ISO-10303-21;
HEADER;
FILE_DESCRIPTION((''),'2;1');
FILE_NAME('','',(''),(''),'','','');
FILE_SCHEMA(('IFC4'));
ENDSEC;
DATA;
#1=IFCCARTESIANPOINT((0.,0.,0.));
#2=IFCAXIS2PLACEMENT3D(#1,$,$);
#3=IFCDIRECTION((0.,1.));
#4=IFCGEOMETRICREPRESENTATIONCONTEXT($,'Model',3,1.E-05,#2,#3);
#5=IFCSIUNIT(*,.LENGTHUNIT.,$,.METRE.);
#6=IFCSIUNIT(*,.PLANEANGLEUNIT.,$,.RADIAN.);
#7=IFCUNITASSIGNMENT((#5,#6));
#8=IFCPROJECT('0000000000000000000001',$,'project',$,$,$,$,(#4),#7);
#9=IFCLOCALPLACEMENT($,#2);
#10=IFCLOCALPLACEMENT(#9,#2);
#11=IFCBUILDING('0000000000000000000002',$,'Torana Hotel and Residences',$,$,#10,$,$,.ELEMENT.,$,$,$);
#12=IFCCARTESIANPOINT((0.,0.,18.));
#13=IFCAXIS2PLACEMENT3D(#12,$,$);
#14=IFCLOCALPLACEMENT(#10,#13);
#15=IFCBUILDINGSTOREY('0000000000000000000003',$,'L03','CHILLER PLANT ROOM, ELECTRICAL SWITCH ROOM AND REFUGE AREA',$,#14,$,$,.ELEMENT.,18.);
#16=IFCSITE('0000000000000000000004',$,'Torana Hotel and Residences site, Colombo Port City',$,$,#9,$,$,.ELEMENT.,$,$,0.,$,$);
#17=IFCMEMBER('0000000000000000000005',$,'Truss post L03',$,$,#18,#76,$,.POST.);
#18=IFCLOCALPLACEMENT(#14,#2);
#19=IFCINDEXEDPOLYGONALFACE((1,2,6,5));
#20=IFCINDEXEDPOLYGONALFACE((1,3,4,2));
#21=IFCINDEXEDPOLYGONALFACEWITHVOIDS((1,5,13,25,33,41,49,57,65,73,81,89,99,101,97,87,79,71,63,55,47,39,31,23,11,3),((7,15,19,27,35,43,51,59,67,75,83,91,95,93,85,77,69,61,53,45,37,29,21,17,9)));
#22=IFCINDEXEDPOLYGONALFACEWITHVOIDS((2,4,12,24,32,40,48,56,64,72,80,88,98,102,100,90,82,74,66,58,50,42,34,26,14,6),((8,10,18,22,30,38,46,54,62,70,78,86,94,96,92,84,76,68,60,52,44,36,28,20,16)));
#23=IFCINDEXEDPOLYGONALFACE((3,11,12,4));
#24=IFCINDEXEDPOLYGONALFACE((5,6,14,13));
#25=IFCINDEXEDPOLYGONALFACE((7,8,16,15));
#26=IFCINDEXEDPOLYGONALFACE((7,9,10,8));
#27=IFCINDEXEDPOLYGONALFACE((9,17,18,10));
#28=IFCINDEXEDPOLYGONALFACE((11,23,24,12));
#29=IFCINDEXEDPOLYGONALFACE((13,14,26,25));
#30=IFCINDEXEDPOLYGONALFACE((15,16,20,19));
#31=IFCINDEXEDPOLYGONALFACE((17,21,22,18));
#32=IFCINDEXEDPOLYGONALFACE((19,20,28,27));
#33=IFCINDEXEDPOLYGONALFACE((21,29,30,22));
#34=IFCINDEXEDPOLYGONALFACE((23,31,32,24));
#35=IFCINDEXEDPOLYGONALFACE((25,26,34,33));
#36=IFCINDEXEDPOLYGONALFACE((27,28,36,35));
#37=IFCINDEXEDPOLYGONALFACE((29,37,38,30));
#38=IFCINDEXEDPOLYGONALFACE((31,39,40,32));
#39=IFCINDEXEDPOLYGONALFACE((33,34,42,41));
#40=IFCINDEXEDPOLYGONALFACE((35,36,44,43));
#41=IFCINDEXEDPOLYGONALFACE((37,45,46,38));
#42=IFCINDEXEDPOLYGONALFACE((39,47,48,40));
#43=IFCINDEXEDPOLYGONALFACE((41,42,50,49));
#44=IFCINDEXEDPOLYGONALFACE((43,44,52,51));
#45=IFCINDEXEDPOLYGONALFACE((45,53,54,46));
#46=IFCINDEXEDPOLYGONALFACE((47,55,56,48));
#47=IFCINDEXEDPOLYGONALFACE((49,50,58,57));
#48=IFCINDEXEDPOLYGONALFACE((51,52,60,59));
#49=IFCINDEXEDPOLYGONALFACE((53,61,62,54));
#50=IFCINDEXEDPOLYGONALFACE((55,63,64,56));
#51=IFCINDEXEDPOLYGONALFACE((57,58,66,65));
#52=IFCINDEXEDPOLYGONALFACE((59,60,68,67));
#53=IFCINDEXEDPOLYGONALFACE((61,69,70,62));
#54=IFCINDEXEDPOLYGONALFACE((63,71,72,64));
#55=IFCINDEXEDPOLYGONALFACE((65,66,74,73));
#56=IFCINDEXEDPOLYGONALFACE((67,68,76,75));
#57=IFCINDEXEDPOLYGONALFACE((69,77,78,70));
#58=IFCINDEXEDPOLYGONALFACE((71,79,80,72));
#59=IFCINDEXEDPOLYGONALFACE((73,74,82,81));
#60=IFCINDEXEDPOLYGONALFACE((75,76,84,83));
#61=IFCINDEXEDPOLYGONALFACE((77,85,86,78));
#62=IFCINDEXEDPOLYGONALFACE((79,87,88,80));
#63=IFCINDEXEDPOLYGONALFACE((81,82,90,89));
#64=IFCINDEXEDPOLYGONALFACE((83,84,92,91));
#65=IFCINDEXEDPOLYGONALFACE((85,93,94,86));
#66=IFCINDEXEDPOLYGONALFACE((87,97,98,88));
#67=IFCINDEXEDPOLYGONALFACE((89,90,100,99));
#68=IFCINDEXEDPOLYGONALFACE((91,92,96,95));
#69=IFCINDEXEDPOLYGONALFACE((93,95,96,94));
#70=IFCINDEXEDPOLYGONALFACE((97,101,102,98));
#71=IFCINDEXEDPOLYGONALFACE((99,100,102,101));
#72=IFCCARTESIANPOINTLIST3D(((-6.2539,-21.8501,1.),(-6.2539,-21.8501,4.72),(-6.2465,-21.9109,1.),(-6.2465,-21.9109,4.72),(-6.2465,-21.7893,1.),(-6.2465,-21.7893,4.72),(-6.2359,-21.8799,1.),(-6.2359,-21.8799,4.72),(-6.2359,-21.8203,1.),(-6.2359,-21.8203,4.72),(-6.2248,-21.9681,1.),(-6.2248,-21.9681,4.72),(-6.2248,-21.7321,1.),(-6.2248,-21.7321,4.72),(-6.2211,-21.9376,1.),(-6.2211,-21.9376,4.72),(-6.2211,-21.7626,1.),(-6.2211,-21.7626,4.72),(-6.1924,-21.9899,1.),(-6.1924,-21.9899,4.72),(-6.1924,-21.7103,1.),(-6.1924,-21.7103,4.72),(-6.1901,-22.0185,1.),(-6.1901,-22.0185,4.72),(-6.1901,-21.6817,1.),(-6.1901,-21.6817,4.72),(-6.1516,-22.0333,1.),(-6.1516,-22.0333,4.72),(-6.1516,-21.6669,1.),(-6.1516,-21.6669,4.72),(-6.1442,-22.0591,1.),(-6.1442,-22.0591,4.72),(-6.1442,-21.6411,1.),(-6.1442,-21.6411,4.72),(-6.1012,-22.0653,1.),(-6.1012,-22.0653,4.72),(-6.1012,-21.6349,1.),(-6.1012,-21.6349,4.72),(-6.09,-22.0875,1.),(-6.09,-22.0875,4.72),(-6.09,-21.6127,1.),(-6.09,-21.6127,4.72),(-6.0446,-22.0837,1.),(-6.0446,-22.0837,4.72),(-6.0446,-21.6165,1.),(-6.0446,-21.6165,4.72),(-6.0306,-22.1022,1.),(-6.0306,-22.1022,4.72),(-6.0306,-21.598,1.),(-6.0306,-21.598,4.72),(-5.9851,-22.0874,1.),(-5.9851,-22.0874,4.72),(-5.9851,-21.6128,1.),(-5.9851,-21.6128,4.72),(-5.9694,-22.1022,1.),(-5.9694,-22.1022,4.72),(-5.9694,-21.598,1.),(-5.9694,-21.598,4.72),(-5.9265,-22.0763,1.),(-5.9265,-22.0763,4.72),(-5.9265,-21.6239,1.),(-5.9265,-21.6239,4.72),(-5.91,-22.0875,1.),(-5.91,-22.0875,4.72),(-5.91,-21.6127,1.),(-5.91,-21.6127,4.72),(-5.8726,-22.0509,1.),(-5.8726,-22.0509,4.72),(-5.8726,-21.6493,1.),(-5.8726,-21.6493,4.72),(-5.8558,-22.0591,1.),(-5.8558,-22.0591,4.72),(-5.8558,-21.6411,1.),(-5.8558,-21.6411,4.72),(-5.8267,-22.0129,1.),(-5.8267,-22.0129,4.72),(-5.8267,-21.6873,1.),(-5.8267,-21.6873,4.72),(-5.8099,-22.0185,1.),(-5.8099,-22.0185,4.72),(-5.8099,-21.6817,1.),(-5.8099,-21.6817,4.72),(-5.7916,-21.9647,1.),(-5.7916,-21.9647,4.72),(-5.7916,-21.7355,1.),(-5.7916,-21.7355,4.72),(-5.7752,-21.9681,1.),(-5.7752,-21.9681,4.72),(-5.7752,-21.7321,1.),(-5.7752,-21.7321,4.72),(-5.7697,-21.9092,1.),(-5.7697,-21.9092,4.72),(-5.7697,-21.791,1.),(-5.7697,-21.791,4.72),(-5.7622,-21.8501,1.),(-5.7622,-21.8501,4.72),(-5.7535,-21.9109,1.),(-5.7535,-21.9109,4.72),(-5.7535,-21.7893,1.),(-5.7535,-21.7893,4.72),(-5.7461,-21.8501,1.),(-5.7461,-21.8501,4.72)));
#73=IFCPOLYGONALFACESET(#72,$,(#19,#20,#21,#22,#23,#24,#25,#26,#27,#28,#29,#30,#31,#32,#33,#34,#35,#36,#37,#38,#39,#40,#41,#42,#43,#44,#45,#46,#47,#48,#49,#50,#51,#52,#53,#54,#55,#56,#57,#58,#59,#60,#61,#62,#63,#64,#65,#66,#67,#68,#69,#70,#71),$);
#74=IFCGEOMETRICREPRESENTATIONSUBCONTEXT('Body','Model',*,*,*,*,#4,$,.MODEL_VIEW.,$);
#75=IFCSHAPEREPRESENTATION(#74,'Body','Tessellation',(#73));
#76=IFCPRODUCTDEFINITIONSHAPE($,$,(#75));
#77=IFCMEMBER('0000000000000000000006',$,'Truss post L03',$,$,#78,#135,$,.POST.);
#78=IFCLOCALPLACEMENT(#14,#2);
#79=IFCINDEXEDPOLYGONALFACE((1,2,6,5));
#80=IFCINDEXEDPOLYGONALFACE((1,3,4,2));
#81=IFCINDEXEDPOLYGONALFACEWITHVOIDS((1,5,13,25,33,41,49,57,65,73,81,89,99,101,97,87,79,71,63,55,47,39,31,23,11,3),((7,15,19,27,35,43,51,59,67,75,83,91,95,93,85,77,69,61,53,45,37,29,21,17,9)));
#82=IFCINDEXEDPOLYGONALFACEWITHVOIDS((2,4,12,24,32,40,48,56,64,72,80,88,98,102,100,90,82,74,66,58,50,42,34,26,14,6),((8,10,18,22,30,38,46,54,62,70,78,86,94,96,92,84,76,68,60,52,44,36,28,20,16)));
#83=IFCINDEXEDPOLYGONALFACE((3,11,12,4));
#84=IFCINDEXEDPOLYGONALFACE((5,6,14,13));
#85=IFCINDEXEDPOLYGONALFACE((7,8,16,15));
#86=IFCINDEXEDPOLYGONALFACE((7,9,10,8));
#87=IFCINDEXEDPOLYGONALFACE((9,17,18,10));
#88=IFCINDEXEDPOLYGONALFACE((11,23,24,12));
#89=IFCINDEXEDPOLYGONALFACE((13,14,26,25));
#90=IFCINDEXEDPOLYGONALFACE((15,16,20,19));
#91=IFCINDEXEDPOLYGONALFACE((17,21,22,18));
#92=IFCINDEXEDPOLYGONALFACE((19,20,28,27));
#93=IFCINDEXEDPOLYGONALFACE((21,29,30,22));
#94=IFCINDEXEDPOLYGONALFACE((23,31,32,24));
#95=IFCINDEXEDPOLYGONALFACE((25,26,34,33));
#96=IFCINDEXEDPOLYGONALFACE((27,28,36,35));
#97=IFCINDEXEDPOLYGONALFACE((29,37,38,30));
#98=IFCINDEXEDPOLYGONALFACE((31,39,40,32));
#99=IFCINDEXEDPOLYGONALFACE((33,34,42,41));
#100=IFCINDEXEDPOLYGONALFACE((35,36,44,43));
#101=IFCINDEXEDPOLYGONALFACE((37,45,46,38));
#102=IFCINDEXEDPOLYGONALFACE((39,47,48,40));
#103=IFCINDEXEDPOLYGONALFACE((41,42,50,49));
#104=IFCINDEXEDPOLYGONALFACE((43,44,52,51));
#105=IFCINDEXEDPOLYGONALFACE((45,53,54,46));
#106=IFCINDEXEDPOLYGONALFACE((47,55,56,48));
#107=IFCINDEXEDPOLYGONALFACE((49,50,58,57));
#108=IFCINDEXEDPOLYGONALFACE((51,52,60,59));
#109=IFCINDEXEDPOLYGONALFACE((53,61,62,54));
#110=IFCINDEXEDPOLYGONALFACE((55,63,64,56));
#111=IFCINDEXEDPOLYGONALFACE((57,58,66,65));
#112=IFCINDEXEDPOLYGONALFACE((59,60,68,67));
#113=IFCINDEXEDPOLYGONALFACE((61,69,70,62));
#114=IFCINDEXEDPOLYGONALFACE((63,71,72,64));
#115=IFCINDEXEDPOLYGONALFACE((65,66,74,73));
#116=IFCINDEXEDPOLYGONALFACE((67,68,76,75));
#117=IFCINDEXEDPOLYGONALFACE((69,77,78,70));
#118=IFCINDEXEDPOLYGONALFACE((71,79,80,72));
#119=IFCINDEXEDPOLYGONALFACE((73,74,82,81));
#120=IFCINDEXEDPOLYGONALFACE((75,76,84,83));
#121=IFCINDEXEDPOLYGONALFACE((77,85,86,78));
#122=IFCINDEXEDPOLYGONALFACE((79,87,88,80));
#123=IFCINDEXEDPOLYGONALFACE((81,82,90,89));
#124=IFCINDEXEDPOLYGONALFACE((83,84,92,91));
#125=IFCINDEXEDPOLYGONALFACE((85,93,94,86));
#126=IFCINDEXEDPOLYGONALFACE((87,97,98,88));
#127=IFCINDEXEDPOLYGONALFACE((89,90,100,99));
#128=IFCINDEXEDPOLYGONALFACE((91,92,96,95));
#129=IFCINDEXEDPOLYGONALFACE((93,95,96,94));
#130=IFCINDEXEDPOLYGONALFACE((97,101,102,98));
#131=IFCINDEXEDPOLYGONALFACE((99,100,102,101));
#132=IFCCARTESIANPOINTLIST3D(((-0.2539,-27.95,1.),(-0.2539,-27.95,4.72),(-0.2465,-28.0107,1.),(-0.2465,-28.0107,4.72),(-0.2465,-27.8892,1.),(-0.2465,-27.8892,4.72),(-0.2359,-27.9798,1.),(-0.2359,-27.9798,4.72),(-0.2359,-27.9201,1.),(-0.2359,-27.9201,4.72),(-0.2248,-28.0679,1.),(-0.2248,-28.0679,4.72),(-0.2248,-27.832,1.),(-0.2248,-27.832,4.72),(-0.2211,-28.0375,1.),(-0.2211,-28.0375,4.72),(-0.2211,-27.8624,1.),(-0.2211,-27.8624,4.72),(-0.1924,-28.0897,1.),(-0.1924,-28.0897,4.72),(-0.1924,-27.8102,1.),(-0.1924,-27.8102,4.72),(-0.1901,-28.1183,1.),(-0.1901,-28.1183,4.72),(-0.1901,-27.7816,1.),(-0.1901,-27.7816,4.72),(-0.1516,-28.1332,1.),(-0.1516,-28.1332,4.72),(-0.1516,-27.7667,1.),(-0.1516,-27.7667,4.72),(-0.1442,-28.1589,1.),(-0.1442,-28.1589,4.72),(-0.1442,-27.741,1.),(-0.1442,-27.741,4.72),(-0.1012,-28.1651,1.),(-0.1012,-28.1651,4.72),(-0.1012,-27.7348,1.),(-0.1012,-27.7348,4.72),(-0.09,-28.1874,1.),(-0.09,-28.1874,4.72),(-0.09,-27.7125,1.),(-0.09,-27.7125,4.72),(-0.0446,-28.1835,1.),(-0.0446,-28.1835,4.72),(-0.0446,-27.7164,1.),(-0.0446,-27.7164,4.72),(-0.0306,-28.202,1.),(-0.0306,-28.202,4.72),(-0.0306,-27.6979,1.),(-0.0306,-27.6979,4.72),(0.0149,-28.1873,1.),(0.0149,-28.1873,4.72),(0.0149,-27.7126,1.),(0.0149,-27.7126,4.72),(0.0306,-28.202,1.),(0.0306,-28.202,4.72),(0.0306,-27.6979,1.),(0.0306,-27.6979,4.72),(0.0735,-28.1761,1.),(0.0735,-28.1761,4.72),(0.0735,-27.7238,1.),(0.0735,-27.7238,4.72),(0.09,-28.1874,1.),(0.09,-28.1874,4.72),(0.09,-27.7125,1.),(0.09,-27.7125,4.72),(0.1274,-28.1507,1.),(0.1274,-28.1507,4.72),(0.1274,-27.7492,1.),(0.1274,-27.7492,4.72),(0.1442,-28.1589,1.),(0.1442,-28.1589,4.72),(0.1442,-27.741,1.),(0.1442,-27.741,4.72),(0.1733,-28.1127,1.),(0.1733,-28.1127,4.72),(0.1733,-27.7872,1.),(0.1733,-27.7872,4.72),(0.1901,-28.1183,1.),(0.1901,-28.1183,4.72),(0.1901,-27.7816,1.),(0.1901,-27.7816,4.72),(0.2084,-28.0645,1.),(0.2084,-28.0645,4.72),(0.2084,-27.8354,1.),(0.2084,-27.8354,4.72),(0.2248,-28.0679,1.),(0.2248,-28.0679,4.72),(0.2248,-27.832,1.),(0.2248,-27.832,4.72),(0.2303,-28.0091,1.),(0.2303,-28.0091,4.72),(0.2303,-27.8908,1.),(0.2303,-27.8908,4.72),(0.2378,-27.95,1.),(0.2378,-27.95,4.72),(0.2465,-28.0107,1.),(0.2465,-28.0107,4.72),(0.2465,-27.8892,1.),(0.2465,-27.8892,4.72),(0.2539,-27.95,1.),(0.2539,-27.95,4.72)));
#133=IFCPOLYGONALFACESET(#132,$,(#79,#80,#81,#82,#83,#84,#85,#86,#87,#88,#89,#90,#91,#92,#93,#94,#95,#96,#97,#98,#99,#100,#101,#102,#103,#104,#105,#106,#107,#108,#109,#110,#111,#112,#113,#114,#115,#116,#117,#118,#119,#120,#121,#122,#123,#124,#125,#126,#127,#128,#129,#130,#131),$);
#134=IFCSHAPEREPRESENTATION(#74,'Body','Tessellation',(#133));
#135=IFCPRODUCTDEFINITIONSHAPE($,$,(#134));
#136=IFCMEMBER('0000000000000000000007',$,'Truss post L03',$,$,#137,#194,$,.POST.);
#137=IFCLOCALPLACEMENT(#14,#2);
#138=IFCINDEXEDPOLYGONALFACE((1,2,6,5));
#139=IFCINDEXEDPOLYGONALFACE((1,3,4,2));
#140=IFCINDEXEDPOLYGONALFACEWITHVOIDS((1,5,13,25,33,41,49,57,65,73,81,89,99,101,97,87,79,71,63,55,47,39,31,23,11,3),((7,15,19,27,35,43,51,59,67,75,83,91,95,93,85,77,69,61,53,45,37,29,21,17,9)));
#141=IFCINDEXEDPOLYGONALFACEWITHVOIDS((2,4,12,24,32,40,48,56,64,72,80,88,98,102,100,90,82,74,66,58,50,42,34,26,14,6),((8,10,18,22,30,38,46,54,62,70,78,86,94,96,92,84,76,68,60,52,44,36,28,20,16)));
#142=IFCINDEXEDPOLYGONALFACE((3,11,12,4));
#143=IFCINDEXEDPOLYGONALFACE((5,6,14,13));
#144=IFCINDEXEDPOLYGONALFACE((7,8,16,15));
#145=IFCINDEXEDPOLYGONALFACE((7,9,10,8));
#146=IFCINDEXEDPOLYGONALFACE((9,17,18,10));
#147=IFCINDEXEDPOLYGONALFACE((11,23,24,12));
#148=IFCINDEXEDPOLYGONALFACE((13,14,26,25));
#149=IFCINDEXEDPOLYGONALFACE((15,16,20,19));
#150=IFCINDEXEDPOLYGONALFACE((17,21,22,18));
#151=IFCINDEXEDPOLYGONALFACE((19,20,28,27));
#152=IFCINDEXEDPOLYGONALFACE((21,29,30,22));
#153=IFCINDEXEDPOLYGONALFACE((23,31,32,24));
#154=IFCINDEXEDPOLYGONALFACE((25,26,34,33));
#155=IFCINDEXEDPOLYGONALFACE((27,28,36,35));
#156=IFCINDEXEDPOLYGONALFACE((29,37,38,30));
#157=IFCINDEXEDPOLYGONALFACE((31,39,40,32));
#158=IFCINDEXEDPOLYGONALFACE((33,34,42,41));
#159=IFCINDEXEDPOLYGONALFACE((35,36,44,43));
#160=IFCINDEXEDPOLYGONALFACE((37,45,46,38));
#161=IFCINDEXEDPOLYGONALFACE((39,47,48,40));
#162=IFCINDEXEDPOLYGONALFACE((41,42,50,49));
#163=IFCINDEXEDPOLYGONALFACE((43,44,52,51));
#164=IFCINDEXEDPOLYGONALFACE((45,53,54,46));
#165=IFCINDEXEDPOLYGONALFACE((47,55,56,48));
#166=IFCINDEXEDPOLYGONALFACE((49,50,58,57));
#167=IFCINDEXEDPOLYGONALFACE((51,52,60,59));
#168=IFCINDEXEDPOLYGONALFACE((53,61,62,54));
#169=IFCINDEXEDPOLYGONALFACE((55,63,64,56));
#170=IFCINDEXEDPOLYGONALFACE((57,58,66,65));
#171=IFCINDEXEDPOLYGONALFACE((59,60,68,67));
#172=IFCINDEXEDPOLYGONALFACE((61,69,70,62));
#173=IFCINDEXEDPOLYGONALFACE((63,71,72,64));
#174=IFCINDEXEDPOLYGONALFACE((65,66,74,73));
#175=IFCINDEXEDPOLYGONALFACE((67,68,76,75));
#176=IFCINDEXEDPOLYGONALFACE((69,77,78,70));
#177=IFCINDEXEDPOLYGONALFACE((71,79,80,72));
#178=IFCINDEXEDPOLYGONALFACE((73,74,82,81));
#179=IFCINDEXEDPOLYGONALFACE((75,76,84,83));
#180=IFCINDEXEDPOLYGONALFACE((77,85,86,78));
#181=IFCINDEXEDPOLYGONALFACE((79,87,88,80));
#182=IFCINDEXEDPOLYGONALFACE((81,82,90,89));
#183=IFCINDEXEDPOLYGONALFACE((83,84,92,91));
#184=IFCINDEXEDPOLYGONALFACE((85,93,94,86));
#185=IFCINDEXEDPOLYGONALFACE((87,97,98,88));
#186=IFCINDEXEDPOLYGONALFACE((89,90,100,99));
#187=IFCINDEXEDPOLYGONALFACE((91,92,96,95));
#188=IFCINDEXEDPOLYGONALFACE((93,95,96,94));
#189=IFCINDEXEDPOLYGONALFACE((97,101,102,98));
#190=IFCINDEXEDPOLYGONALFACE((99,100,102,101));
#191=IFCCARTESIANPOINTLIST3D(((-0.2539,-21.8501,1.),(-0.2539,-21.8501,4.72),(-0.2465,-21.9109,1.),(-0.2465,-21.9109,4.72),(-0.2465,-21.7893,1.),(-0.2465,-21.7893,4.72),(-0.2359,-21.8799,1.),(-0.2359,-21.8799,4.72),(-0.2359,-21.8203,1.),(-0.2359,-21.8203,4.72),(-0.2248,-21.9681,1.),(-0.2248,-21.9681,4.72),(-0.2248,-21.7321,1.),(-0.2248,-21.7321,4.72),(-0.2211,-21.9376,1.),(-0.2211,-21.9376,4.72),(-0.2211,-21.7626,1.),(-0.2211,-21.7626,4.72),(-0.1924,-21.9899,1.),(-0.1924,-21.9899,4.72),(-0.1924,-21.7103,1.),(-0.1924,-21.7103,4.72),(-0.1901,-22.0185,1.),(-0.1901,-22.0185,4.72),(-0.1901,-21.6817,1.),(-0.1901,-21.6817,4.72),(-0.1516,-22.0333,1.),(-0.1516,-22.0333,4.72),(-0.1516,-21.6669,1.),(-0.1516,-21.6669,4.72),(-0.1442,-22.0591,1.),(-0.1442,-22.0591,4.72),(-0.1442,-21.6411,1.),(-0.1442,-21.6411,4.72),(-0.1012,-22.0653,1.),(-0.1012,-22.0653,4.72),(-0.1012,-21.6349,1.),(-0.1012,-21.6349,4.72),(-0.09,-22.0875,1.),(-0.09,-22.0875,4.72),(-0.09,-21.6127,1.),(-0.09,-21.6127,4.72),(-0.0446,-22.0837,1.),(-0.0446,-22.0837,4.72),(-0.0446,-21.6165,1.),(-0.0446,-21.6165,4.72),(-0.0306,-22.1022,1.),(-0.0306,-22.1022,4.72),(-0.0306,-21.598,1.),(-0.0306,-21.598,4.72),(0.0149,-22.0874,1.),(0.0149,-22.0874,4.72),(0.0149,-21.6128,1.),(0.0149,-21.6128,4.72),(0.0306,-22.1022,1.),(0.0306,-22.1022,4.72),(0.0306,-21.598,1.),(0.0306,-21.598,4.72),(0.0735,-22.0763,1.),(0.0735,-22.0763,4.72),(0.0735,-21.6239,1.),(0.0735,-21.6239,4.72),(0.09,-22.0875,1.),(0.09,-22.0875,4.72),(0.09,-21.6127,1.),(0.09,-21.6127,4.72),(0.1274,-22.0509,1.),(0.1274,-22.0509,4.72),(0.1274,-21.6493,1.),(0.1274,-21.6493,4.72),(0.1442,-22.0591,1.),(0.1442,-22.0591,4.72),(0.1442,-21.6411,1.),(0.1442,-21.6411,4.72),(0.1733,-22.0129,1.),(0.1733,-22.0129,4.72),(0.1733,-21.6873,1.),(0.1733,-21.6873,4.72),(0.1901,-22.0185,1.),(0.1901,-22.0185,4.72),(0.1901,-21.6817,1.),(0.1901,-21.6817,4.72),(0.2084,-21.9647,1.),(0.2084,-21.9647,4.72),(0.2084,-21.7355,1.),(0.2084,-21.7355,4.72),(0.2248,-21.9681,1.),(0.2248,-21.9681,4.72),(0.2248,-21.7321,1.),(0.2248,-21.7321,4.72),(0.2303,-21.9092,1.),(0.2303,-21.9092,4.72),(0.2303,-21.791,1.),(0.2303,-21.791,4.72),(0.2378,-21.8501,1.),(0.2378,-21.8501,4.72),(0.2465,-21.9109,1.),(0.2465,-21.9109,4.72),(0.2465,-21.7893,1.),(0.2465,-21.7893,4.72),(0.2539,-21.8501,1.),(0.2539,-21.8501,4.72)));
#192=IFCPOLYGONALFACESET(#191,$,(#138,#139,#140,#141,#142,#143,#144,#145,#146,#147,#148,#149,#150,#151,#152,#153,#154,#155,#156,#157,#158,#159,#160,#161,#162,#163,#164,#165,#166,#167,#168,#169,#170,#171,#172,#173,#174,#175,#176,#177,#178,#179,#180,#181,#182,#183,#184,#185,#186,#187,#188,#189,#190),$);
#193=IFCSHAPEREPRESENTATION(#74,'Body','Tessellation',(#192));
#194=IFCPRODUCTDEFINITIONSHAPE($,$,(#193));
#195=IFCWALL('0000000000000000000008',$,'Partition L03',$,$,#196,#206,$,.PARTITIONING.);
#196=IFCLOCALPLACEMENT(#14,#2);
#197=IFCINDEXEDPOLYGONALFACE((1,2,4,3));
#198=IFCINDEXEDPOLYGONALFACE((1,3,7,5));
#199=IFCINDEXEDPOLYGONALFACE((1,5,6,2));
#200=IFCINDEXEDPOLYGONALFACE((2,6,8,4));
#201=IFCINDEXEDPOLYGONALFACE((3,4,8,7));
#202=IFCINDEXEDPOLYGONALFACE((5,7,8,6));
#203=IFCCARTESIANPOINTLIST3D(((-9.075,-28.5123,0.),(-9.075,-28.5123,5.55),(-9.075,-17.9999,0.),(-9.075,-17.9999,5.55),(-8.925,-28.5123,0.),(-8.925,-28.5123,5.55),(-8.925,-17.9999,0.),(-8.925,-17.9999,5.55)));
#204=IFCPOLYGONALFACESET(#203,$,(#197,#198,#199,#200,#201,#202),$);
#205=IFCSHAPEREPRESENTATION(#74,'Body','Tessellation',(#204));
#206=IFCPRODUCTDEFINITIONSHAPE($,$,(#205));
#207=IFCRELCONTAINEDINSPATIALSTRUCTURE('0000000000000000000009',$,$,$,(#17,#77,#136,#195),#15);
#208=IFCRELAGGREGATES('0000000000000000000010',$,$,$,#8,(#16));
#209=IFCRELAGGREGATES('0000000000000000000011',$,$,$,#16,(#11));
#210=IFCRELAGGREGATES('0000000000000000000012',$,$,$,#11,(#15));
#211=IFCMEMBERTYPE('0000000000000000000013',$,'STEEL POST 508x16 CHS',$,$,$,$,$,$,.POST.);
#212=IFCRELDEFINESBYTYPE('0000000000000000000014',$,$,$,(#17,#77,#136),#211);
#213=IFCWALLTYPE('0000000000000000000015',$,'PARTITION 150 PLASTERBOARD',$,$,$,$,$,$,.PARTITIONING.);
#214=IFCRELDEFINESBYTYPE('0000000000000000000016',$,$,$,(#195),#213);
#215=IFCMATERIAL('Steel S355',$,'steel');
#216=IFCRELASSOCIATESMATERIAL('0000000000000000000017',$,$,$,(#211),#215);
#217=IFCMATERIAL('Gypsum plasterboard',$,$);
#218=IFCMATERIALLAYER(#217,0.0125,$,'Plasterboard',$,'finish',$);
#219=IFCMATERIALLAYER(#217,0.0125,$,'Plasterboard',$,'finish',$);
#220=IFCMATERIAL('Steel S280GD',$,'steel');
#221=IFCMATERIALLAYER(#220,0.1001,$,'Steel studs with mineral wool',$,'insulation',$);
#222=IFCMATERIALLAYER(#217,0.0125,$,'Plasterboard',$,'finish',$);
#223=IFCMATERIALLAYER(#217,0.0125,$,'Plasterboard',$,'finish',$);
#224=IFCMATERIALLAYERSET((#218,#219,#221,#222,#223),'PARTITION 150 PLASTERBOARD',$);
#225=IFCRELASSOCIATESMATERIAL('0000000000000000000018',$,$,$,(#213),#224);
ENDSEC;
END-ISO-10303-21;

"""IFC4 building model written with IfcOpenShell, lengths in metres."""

from ifc_helpers import new_model, si_unit, direction, frame, frame_2d, origin, origin_2d, place, context, subcontext, project, spatial, rectangle, hollow_circle, extrude, material, layer, layer_set, material_profile, profile_set, type_object, element, save


model = new_model("IFC4")

# Units and contexts
model_context = context("Model", 3, precision=1e-05, world=origin(), true_north=direction((0.0, 1.0)))
body_context = subcontext(model_context, "Body", "Model", "MODEL_VIEW")
ifc_project = project(units=[si_unit("LENGTHUNIT", "METRE"), si_unit("PLANEANGLEUNIT", "RADIAN")], contexts=[model_context])

# Site, building, storey
site_placement = place(None, origin())
site = spatial("IfcSite", under=ifc_project, at=site_placement, Name="Torana Hotel and Residences site, Colombo Port City", CompositionType="ELEMENT", RefElevation=0.0)
building_placement = place(site_placement, origin())
building = spatial("IfcBuilding", under=site, at=building_placement, Name="Torana Hotel and Residences", CompositionType="ELEMENT")
storey_placement = place(building_placement, frame((0.0, 0.0, 18.0)))
storey = spatial("IfcBuildingStorey", under=building, at=storey_placement, Name="L03", Description="CHILLER PLANT ROOM, ELECTRICAL SWITCH ROOM AND REFUGE AREA", CompositionType="ELEMENT", Elevation=18.0)

# Members
ifc_material_1 = material(Name="Steel S355", Category="steel")
ifc_material_profile_1 = material_profile(ifc_material_1, hollow_circle(Radius=0.2539, WallThickness=0.0161, at=origin_2d()), Name="508x16 CHS")
ifc_profile_set_1 = profile_set([ifc_material_profile_1], Name="Steel S355")
member_type_1 = type_object("IfcMemberType", Name="STEEL POST 508x16 CHS", PredefinedType="POST", material=ifc_profile_set_1)
for number, where, z_axis, x_axis, name in (
    (1, (-6.0, -21.8501, 1.0), (0.0, 0.0, 1.0), (1.0, 0.0, 0.0), "Truss post L03"),
    (2, (0.0, -27.95, 1.0), (0.0, 0.0, 1.0), (1.0, 0.0, 0.0), "Truss post L03"),
    (3, (0.0, -21.8501, 1.0), (0.0, 0.0, 1.0), (1.0, 0.0, 0.0), "Truss post L03"),
):
    element("IfcMember", number, at=place(storey_placement, frame(where, z_axis=z_axis, x_axis=x_axis)), inside=storey, type_object=member_type_1, Name=name, PredefinedType="POST", context=body_context, shape_type="SweptSolid", body=[
        extrude(hollow_circle(Radius=0.2539, WallThickness=0.0161, at=origin_2d()), origin(), (0.0, 0.0, 1.0), 3.72),
    ])

# Wall
ifc_material_2 = material(Name="Gypsum plasterboard")
ifc_layer_1 = layer(ifc_material_2, 0.0125, Name="Plasterboard", Category="finish")
ifc_layer_2 = layer(ifc_material_2, 0.0125, Name="Plasterboard", Category="finish")
ifc_material_3 = material(Name="Steel S280GD", Category="steel")
ifc_layer_3 = layer(ifc_material_3, 0.1001, Name="Steel studs with mineral wool", Category="insulation")
ifc_layer_4 = layer(ifc_material_2, 0.0125, Name="Plasterboard", Category="finish")
ifc_layer_5 = layer(ifc_material_2, 0.0125, Name="Plasterboard", Category="finish")
ifc_layer_set_1 = layer_set([ifc_layer_1, ifc_layer_2, ifc_layer_3, ifc_layer_4, ifc_layer_5], Name="PARTITION 150 PLASTERBOARD")
wall_type_1 = type_object("IfcWallType", Name="PARTITION 150 PLASTERBOARD", PredefinedType="PARTITIONING", material=ifc_layer_set_1)
wall_1_placement = place(storey_placement, frame((-9.0, -28.5125, 0.0), z_axis=(0.0, 0.0, 1.0), x_axis=(0.0, 1.0, 0.0)))
element("IfcWall", 4, at=wall_1_placement, inside=storey, type_object=wall_type_1, Name="Partition L03", PredefinedType="PARTITIONING", context=body_context, shape_type="SweptSolid", body=[
    extrude(rectangle(XDim=10.5125, YDim=0.1499, at=frame_2d((5.2563, 0.0))), origin(), (0.0, 0.0, 1.0), 5.55),
])

save(model, "model.ifc")
